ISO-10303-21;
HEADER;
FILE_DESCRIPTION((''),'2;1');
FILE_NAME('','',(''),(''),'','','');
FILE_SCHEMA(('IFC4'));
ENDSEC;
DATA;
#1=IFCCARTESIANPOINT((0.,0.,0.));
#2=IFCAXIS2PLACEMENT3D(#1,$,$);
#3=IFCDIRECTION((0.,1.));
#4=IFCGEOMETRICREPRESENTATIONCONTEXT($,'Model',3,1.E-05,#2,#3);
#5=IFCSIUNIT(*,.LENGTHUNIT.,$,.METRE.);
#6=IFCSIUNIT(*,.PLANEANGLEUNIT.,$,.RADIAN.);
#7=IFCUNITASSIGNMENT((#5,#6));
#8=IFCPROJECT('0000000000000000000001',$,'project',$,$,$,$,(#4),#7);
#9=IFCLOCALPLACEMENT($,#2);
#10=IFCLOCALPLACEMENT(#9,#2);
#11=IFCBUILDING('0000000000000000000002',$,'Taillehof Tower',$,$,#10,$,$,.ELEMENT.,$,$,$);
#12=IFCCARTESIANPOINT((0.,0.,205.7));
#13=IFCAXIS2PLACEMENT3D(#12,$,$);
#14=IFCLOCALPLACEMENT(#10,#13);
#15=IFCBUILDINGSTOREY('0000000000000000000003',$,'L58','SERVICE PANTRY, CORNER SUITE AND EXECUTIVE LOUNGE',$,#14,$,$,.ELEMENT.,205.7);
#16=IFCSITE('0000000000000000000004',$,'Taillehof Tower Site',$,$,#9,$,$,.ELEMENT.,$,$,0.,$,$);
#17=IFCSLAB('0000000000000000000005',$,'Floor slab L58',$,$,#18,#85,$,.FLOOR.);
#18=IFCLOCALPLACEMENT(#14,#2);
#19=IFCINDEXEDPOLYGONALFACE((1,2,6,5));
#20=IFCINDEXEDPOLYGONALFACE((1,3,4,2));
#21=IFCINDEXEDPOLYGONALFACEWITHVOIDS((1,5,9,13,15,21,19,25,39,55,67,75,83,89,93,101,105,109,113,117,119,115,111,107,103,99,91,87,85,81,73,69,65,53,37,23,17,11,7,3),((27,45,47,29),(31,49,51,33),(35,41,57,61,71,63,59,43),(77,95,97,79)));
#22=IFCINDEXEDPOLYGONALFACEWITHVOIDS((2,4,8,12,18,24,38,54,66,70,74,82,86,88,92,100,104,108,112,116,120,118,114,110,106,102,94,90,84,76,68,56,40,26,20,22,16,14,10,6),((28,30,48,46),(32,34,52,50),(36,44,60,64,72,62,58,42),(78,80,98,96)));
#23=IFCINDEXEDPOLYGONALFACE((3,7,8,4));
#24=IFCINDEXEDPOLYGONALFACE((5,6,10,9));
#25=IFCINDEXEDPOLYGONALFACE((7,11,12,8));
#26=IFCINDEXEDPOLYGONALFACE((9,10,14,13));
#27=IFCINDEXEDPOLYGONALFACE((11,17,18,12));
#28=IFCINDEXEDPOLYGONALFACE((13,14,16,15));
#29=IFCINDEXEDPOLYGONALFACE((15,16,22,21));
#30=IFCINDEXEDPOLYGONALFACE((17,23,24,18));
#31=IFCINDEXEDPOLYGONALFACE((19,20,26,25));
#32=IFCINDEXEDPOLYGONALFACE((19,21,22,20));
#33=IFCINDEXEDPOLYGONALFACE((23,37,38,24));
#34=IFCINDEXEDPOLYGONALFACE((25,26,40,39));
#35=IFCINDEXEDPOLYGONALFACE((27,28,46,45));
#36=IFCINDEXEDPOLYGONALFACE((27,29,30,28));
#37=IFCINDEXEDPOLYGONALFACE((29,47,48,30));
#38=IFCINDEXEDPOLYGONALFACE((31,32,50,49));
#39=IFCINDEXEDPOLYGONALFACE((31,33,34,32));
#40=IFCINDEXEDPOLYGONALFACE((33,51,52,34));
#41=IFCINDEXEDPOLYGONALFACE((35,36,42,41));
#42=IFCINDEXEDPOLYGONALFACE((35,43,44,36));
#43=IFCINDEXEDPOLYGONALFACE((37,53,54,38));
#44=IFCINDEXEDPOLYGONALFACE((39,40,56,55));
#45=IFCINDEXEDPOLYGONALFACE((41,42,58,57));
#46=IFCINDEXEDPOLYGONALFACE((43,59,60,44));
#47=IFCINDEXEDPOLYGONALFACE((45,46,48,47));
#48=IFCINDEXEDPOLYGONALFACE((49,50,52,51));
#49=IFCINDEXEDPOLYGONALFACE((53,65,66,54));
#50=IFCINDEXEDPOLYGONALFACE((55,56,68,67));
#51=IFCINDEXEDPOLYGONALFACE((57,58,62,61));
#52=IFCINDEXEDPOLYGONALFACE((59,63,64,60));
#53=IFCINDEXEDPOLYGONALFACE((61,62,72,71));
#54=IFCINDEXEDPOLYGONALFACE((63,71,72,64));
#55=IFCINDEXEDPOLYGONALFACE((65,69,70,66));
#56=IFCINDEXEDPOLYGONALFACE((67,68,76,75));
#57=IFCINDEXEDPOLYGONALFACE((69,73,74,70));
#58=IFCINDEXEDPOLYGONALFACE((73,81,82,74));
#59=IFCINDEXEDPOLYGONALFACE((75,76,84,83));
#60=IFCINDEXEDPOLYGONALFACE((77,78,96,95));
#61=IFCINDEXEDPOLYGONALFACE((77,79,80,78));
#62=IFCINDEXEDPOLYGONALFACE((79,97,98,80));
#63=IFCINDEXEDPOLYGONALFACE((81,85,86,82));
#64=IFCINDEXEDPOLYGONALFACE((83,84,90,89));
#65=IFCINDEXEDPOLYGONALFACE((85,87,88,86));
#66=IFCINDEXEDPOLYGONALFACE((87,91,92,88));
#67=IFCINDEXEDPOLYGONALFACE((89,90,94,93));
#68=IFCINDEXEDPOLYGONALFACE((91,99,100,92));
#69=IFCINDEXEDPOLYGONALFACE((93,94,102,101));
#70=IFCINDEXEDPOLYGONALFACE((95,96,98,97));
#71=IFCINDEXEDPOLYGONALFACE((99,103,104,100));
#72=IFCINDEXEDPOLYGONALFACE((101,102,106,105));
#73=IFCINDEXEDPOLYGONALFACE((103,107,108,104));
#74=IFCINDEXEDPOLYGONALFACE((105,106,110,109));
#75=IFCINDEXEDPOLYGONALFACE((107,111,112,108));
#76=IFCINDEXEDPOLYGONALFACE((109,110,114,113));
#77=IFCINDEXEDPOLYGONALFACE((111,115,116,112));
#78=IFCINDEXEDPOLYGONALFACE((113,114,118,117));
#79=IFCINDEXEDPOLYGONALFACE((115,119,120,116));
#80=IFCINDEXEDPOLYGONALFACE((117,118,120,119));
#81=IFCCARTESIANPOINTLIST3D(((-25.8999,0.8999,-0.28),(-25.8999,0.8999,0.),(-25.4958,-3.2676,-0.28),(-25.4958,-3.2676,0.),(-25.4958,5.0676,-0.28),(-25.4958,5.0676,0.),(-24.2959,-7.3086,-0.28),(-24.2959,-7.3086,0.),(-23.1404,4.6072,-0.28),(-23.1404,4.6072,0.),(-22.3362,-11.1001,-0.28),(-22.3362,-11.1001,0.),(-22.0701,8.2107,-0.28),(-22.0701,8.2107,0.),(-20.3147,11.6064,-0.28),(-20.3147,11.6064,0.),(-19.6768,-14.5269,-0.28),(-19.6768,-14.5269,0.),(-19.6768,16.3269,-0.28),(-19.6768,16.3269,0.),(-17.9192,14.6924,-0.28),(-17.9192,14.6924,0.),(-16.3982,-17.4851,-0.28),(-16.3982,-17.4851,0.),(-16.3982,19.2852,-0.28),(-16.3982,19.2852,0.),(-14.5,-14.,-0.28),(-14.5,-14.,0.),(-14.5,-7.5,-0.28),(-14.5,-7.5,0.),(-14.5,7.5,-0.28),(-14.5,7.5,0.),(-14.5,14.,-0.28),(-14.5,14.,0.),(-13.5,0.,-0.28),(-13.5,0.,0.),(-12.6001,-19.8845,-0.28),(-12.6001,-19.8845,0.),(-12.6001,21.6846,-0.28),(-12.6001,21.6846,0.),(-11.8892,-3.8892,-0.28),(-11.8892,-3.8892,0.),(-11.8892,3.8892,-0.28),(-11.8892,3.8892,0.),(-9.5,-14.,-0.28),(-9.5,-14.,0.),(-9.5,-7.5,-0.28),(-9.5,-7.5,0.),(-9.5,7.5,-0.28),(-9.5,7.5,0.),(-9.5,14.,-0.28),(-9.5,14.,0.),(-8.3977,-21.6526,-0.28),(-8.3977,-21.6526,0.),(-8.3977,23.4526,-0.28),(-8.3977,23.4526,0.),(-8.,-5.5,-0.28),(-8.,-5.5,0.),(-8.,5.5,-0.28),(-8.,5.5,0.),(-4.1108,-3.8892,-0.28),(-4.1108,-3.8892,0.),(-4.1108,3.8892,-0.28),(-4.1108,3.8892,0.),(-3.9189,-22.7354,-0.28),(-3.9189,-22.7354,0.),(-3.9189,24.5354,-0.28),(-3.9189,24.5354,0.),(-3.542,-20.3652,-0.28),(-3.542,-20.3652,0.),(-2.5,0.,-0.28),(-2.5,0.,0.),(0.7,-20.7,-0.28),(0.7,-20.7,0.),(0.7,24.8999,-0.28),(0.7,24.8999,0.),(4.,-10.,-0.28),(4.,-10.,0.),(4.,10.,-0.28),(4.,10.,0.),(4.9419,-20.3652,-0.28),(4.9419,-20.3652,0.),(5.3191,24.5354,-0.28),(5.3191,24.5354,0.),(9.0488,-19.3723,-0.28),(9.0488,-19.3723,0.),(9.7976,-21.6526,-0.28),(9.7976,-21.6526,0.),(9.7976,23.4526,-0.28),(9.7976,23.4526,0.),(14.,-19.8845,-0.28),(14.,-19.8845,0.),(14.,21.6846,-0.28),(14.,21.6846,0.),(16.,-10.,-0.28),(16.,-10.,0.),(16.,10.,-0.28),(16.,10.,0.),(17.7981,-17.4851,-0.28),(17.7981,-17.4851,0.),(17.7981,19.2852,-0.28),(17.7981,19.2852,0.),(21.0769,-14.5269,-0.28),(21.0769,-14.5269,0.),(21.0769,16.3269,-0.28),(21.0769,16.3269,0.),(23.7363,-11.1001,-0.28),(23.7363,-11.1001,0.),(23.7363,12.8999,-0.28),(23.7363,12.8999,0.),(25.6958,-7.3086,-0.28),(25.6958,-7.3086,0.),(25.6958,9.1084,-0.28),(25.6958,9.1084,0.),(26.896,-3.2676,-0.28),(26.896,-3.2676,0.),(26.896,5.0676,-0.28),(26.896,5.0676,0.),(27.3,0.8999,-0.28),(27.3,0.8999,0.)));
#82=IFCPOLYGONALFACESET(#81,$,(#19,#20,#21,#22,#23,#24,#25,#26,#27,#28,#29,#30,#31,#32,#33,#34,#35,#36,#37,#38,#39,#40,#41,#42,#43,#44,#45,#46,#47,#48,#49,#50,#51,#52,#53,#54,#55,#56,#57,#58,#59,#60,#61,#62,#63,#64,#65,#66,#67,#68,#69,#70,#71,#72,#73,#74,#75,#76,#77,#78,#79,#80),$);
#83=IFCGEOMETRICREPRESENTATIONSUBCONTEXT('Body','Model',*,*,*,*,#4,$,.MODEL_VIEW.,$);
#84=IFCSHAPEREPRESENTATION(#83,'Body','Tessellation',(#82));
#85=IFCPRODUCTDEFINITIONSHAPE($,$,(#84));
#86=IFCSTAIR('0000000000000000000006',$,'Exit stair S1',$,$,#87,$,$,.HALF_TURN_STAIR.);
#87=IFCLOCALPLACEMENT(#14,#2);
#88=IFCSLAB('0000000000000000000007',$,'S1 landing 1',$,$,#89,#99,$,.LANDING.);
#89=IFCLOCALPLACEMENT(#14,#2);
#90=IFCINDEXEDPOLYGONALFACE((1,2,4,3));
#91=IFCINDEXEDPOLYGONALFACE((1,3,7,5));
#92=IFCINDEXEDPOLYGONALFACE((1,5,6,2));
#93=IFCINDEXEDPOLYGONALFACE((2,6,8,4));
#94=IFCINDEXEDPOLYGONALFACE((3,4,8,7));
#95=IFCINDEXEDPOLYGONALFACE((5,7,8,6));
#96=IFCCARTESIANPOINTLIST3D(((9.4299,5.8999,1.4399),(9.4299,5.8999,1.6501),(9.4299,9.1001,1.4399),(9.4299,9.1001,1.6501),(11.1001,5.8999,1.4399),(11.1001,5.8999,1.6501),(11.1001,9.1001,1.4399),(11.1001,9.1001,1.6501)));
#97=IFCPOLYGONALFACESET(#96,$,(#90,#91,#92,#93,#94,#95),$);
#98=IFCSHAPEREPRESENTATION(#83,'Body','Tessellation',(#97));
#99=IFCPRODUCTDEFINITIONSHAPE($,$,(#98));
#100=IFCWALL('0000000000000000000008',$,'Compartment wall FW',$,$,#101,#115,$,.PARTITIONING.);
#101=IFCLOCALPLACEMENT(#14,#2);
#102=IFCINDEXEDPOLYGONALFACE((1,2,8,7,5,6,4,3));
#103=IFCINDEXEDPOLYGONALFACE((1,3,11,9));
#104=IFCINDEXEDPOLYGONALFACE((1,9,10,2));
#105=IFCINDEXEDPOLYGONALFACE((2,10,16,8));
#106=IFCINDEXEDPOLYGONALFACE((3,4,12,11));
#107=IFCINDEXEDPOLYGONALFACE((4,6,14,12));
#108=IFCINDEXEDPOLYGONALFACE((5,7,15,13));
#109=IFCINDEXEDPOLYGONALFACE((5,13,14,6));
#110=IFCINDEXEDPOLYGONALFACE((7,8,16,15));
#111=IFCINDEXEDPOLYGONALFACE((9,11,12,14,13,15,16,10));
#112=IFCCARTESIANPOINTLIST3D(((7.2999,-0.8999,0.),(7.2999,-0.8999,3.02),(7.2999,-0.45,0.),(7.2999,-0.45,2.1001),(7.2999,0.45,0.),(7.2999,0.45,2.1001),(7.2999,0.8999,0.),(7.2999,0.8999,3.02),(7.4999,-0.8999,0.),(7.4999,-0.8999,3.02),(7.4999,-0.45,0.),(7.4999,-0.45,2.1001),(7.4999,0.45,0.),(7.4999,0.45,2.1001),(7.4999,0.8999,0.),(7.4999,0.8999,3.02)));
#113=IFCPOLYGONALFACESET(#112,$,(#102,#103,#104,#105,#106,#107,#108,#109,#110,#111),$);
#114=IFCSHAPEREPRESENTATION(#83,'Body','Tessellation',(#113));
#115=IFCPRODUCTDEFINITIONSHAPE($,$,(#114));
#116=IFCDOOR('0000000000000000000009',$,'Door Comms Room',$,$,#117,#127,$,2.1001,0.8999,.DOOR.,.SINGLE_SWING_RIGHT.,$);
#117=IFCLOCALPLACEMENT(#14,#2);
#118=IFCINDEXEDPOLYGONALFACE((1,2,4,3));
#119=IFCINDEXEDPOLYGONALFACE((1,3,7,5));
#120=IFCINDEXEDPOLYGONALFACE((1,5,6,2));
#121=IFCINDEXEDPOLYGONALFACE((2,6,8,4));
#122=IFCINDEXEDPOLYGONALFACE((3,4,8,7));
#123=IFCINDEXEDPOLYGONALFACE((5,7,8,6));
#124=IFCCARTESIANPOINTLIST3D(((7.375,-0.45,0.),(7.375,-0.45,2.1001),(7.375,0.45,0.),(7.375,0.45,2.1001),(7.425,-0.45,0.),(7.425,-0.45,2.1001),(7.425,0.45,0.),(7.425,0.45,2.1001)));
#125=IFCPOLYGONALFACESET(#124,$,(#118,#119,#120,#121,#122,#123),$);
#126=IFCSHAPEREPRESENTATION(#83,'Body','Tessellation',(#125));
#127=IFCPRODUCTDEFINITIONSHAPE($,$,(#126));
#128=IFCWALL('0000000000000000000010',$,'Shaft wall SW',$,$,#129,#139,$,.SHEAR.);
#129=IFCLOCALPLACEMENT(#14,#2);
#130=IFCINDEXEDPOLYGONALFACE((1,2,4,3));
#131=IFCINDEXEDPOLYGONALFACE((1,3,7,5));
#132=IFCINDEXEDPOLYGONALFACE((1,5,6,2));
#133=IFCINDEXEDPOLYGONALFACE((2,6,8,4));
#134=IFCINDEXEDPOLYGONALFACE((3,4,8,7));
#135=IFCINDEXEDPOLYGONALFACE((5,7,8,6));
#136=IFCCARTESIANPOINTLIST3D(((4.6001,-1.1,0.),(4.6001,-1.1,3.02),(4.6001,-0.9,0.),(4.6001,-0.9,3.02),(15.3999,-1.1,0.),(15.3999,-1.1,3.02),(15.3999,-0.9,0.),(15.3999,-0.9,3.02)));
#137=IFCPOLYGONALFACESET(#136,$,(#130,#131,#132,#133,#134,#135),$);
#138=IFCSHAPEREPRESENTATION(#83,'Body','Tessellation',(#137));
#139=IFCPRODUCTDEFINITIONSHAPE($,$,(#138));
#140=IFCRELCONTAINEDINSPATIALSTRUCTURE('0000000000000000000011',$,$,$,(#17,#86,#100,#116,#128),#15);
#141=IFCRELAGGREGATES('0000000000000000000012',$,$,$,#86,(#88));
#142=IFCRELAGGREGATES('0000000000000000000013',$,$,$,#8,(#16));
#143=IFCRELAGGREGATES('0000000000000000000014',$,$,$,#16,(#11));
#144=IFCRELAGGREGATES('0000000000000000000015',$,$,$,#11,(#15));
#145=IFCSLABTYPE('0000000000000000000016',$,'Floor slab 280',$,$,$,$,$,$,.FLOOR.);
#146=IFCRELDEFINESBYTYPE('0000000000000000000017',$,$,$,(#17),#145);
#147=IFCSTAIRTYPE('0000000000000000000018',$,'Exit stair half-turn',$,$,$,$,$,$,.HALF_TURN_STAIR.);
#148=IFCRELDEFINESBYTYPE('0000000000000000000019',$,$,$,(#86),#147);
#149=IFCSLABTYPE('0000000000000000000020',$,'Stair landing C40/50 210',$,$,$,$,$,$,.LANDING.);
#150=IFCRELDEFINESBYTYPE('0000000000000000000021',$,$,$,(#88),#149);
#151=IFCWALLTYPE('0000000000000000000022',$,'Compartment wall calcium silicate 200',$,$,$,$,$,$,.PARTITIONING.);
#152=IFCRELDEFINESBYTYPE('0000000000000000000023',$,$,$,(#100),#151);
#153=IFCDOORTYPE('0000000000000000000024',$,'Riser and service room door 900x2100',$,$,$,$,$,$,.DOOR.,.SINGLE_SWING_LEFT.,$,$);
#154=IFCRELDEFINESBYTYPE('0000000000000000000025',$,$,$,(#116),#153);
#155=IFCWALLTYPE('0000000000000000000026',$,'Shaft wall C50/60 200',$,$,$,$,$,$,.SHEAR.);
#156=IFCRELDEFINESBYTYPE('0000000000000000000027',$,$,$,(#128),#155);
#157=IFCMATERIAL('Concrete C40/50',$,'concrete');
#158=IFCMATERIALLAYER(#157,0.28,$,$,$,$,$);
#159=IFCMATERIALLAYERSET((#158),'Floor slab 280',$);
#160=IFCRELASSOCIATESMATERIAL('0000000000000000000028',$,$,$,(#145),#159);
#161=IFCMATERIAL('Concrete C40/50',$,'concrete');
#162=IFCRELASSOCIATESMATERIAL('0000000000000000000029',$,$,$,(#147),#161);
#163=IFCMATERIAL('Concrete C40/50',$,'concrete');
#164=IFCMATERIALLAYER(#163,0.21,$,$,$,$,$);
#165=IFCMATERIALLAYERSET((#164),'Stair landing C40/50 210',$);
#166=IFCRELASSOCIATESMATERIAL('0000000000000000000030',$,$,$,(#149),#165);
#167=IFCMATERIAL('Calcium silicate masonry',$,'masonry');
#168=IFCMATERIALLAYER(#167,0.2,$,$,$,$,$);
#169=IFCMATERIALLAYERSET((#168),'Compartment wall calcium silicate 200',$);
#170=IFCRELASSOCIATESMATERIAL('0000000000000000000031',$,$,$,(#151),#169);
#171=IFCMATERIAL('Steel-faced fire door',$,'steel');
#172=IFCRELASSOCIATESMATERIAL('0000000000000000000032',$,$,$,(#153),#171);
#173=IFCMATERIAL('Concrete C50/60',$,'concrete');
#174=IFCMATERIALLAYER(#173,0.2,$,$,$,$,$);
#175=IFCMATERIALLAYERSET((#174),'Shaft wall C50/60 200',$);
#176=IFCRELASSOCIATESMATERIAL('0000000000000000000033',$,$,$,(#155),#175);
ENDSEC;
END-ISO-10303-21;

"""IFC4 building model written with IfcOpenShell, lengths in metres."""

from ifc_helpers import new_model, si_unit, direction, frame, frame_2d, origin, place, context, subcontext, project, spatial, polyline, rectangle, outline, extrude, material, layer, layer_set, type_object, element, fill, aggregate, save


model = new_model("IFC4")

# Units and contexts
model_context = context("Model", 3, precision=1e-05, world=origin(), true_north=direction((0.0, 1.0)))
body_context = subcontext(model_context, "Body", "Model", "MODEL_VIEW")
ifc_project = project(units=[si_unit("LENGTHUNIT", "METRE"), si_unit("PLANEANGLEUNIT", "RADIAN")], contexts=[model_context])

# Site, building, storey
site_placement = place(None, origin())
site = spatial("IfcSite", under=ifc_project, at=site_placement, Name="Taillehof Tower Site", CompositionType="ELEMENT", RefElevation=0.0)
building_placement = place(site_placement, origin())
building = spatial("IfcBuilding", under=site, at=building_placement, Name="Taillehof Tower", CompositionType="ELEMENT")
storey_placement = place(building_placement, frame((0.0, 0.0, 205.7)))
storey = spatial("IfcBuildingStorey", under=building, at=storey_placement, Name="L58", Description="SERVICE PANTRY, CORNER SUITE AND EXECUTIVE LOUNGE", CompositionType="ELEMENT", Elevation=205.7)

# Slab
ifc_material_1 = material(Name="Concrete C40/50", Category="concrete")
ifc_layer_1 = layer(ifc_material_1, 0.28)
ifc_layer_set_1 = layer_set([ifc_layer_1], Name="Floor slab 280")
slab_type_1 = type_object("IfcSlabType", Name="Floor slab 280", PredefinedType="FLOOR", material=ifc_layer_set_1)
slab_1_placement = place(storey_placement, frame((0.0, 0.0, -0.28)))
element("IfcSlab", 1, at=slab_1_placement, inside=storey, type_object=slab_type_1, Name="Floor slab L58", PredefinedType="FLOOR", context=body_context, shape_type="SweptSolid", body=[
    extrude(outline(polyline([(27.3, 0.8999), (26.896, 5.0676), (25.6958, 9.1084), (23.7363, 12.8999), (21.0769, 16.3269), (17.7981, 19.2852), (14.0, 21.6846), (9.7976, 23.4526), (5.3191, 24.5354), (0.7, 24.8999), (-3.9189, 24.5354), (-8.3977, 23.4526), (-12.6001, 21.6846), (-16.3982, 19.2852), (-19.6768, 16.3269), (-17.9192, 14.6924), (-20.3147, 11.6064), (-22.0701, 8.2107), (-23.1404, 4.6072), (-25.4958, 5.0676), (-25.8999, 0.8999), (-25.4958, -3.2676), (-24.2959, -7.3086), (-22.3362, -11.1001), (-19.6768, -14.5269), (-16.3982, -17.4851), (-12.6001, -19.8845), (-8.3977, -21.6526), (-3.9189, -22.7354), (-3.542, -20.3652), (0.7, -20.7), (4.9419, -20.3652), (9.0488, -19.3723), (9.7976, -21.6526), (14.0, -19.8845), (17.7981, -17.4851), (21.0769, -14.5269), (23.7363, -11.1001), (25.6958, -7.3086), (26.896, -3.2676), (27.3, 0.8999)]), holes=[polyline([(-14.5, -7.5), (-9.5, -7.5), (-9.5, -14.0), (-14.5, -14.0), (-14.5, -7.5)]), polyline([(-8.0, -5.5), (-11.8892, -3.8892), (-13.5, 0.0), (-11.8892, 3.8892), (-8.0, 5.5), (-4.1108, 3.8892), (-2.5, 0.0), (-4.1108, -3.8892), (-8.0, -5.5)]), polyline([(16.0, 10.0), (16.0, -10.0), (4.0, -10.0), (4.0, 10.0), (16.0, 10.0)]), polyline([(-14.5, 14.0), (-9.5, 14.0), (-9.5, 7.5), (-14.5, 7.5), (-14.5, 14.0)])]), origin(), (0.0, 0.0, 1.0), 0.28),
])

# Stair, slab
ifc_material_2 = material(Name="Concrete C40/50", Category="concrete")
stair_type = type_object("IfcStairType", Name="Exit stair half-turn", PredefinedType="HALF_TURN_STAIR", material=ifc_material_2)
stair_placement = place(storey_placement, origin())
stair = element("IfcStair", 2, at=stair_placement, inside=storey, type_object=stair_type, Name="Exit stair S1", PredefinedType="HALF_TURN_STAIR")
ifc_material_3 = material(Name="Concrete C40/50", Category="concrete")
ifc_layer_2 = layer(ifc_material_3, 0.21)
ifc_layer_set_2 = layer_set([ifc_layer_2], Name="Stair landing C40/50 210")
slab_type_2 = type_object("IfcSlabType", Name="Stair landing C40/50 210", PredefinedType="LANDING", material=ifc_layer_set_2)
slab_2_placement = place(storey_placement, frame((0.0, 0.0, 1.4399)))
slab_2 = element("IfcSlab", 3, at=slab_2_placement, type_object=slab_type_2, Name="S1 landing 1", PredefinedType="LANDING", context=body_context, shape_type="SweptSolid", body=[
    extrude(outline(polyline([(9.4299, 5.8999), (11.1001, 5.8999), (11.1001, 9.1001), (9.4299, 9.1001), (9.4299, 5.8999)])), origin(), (0.0, 0.0, 1.0), 0.2102),
])
aggregate(stair, [slab_2])

# Wall, opening, door
ifc_material_4 = material(Name="Calcium silicate masonry", Category="masonry")
ifc_layer_3 = layer(ifc_material_4, 0.2)
ifc_layer_set_3 = layer_set([ifc_layer_3], Name="Compartment wall calcium silicate 200")
wall_type_1 = type_object("IfcWallType", Name="Compartment wall calcium silicate 200", PredefinedType="PARTITIONING", material=ifc_layer_set_3)
wall_1_placement = place(storey_placement, frame((7.3999, -0.8999, 0.0), z_axis=(0.0, 0.0, 1.0), x_axis=(0.0, 1.0, 0.0)))
wall_1 = element("IfcWall", 4, at=wall_1_placement, inside=storey, type_object=wall_type_1, Name="Compartment wall FW", PredefinedType="PARTITIONING", context=body_context, shape_type="SweptSolid", body=[
    extrude(rectangle(XDim=1.7998, YDim=0.2, at=frame_2d((0.8999, 0.0))), origin(), (0.0, 0.0, 1.0), 3.02),
])
opening_1_placement = place(wall_1_placement, frame((0.45, 0.0, 0.0)))
opening_1 = element("IfcOpeningElement", 5, at=opening_1_placement, cuts=wall_1, PredefinedType="OPENING", context=body_context, shape_type="SweptSolid", body=[
    extrude(rectangle(XDim=0.8999, YDim=2.1001, at=frame_2d((0.45, 1.05))), frame((0.0, 0.1099, 0.0), z_axis=(0.0, -1.0, 0.0), x_axis=(1.0, 0.0, 0.0)), (0.0, 0.0, 1.0), 0.22),
])
ifc_material_5 = material(Name="Steel-faced fire door", Category="steel")
door_type_1 = type_object("IfcDoorType", Name="Riser and service room door 900x2100", OperationType="SINGLE_SWING_LEFT", PredefinedType="DOOR", material=ifc_material_5)
door_1_placement = place(opening_1_placement, origin())
door_1 = element("IfcDoor", 6, at=door_1_placement, inside=storey, type_object=door_type_1, Name="Door Comms Room", OperationType="SINGLE_SWING_RIGHT", OverallHeight=2.1001, OverallWidth=0.8999, PredefinedType="DOOR", context=body_context, shape_type="SweptSolid", body=[
    extrude(rectangle(XDim=0.8999, YDim=2.1001, at=frame_2d((0.45, 1.05))), frame((0.0, 0.0249, 0.0), z_axis=(0.0, -1.0, 0.0), x_axis=(1.0, 0.0, 0.0)), (0.0, 0.0, 1.0), 0.05),
])
fill(opening_1, door_1)

# Wall
ifc_material_6 = material(Name="Concrete C50/60", Category="concrete")
ifc_layer_4 = layer(ifc_material_6, 0.2)
ifc_layer_set_4 = layer_set([ifc_layer_4], Name="Shaft wall C50/60 200")
wall_type_2 = type_object("IfcWallType", Name="Shaft wall C50/60 200", PredefinedType="SHEAR", material=ifc_layer_set_4)
wall_2_placement = place(storey_placement, frame((4.6001, -1.0, 0.0), z_axis=(0.0, 0.0, 1.0), x_axis=(1.0, 0.0, 0.0)))
element("IfcWall", 7, at=wall_2_placement, inside=storey, type_object=wall_type_2, Name="Shaft wall SW", PredefinedType="SHEAR", context=body_context, shape_type="SweptSolid", body=[
    extrude(rectangle(XDim=10.7998, YDim=0.2, at=frame_2d((5.3999, 0.0))), origin(), (0.0, 0.0, 1.0), 3.02),
])

save(model, "model.ifc")
